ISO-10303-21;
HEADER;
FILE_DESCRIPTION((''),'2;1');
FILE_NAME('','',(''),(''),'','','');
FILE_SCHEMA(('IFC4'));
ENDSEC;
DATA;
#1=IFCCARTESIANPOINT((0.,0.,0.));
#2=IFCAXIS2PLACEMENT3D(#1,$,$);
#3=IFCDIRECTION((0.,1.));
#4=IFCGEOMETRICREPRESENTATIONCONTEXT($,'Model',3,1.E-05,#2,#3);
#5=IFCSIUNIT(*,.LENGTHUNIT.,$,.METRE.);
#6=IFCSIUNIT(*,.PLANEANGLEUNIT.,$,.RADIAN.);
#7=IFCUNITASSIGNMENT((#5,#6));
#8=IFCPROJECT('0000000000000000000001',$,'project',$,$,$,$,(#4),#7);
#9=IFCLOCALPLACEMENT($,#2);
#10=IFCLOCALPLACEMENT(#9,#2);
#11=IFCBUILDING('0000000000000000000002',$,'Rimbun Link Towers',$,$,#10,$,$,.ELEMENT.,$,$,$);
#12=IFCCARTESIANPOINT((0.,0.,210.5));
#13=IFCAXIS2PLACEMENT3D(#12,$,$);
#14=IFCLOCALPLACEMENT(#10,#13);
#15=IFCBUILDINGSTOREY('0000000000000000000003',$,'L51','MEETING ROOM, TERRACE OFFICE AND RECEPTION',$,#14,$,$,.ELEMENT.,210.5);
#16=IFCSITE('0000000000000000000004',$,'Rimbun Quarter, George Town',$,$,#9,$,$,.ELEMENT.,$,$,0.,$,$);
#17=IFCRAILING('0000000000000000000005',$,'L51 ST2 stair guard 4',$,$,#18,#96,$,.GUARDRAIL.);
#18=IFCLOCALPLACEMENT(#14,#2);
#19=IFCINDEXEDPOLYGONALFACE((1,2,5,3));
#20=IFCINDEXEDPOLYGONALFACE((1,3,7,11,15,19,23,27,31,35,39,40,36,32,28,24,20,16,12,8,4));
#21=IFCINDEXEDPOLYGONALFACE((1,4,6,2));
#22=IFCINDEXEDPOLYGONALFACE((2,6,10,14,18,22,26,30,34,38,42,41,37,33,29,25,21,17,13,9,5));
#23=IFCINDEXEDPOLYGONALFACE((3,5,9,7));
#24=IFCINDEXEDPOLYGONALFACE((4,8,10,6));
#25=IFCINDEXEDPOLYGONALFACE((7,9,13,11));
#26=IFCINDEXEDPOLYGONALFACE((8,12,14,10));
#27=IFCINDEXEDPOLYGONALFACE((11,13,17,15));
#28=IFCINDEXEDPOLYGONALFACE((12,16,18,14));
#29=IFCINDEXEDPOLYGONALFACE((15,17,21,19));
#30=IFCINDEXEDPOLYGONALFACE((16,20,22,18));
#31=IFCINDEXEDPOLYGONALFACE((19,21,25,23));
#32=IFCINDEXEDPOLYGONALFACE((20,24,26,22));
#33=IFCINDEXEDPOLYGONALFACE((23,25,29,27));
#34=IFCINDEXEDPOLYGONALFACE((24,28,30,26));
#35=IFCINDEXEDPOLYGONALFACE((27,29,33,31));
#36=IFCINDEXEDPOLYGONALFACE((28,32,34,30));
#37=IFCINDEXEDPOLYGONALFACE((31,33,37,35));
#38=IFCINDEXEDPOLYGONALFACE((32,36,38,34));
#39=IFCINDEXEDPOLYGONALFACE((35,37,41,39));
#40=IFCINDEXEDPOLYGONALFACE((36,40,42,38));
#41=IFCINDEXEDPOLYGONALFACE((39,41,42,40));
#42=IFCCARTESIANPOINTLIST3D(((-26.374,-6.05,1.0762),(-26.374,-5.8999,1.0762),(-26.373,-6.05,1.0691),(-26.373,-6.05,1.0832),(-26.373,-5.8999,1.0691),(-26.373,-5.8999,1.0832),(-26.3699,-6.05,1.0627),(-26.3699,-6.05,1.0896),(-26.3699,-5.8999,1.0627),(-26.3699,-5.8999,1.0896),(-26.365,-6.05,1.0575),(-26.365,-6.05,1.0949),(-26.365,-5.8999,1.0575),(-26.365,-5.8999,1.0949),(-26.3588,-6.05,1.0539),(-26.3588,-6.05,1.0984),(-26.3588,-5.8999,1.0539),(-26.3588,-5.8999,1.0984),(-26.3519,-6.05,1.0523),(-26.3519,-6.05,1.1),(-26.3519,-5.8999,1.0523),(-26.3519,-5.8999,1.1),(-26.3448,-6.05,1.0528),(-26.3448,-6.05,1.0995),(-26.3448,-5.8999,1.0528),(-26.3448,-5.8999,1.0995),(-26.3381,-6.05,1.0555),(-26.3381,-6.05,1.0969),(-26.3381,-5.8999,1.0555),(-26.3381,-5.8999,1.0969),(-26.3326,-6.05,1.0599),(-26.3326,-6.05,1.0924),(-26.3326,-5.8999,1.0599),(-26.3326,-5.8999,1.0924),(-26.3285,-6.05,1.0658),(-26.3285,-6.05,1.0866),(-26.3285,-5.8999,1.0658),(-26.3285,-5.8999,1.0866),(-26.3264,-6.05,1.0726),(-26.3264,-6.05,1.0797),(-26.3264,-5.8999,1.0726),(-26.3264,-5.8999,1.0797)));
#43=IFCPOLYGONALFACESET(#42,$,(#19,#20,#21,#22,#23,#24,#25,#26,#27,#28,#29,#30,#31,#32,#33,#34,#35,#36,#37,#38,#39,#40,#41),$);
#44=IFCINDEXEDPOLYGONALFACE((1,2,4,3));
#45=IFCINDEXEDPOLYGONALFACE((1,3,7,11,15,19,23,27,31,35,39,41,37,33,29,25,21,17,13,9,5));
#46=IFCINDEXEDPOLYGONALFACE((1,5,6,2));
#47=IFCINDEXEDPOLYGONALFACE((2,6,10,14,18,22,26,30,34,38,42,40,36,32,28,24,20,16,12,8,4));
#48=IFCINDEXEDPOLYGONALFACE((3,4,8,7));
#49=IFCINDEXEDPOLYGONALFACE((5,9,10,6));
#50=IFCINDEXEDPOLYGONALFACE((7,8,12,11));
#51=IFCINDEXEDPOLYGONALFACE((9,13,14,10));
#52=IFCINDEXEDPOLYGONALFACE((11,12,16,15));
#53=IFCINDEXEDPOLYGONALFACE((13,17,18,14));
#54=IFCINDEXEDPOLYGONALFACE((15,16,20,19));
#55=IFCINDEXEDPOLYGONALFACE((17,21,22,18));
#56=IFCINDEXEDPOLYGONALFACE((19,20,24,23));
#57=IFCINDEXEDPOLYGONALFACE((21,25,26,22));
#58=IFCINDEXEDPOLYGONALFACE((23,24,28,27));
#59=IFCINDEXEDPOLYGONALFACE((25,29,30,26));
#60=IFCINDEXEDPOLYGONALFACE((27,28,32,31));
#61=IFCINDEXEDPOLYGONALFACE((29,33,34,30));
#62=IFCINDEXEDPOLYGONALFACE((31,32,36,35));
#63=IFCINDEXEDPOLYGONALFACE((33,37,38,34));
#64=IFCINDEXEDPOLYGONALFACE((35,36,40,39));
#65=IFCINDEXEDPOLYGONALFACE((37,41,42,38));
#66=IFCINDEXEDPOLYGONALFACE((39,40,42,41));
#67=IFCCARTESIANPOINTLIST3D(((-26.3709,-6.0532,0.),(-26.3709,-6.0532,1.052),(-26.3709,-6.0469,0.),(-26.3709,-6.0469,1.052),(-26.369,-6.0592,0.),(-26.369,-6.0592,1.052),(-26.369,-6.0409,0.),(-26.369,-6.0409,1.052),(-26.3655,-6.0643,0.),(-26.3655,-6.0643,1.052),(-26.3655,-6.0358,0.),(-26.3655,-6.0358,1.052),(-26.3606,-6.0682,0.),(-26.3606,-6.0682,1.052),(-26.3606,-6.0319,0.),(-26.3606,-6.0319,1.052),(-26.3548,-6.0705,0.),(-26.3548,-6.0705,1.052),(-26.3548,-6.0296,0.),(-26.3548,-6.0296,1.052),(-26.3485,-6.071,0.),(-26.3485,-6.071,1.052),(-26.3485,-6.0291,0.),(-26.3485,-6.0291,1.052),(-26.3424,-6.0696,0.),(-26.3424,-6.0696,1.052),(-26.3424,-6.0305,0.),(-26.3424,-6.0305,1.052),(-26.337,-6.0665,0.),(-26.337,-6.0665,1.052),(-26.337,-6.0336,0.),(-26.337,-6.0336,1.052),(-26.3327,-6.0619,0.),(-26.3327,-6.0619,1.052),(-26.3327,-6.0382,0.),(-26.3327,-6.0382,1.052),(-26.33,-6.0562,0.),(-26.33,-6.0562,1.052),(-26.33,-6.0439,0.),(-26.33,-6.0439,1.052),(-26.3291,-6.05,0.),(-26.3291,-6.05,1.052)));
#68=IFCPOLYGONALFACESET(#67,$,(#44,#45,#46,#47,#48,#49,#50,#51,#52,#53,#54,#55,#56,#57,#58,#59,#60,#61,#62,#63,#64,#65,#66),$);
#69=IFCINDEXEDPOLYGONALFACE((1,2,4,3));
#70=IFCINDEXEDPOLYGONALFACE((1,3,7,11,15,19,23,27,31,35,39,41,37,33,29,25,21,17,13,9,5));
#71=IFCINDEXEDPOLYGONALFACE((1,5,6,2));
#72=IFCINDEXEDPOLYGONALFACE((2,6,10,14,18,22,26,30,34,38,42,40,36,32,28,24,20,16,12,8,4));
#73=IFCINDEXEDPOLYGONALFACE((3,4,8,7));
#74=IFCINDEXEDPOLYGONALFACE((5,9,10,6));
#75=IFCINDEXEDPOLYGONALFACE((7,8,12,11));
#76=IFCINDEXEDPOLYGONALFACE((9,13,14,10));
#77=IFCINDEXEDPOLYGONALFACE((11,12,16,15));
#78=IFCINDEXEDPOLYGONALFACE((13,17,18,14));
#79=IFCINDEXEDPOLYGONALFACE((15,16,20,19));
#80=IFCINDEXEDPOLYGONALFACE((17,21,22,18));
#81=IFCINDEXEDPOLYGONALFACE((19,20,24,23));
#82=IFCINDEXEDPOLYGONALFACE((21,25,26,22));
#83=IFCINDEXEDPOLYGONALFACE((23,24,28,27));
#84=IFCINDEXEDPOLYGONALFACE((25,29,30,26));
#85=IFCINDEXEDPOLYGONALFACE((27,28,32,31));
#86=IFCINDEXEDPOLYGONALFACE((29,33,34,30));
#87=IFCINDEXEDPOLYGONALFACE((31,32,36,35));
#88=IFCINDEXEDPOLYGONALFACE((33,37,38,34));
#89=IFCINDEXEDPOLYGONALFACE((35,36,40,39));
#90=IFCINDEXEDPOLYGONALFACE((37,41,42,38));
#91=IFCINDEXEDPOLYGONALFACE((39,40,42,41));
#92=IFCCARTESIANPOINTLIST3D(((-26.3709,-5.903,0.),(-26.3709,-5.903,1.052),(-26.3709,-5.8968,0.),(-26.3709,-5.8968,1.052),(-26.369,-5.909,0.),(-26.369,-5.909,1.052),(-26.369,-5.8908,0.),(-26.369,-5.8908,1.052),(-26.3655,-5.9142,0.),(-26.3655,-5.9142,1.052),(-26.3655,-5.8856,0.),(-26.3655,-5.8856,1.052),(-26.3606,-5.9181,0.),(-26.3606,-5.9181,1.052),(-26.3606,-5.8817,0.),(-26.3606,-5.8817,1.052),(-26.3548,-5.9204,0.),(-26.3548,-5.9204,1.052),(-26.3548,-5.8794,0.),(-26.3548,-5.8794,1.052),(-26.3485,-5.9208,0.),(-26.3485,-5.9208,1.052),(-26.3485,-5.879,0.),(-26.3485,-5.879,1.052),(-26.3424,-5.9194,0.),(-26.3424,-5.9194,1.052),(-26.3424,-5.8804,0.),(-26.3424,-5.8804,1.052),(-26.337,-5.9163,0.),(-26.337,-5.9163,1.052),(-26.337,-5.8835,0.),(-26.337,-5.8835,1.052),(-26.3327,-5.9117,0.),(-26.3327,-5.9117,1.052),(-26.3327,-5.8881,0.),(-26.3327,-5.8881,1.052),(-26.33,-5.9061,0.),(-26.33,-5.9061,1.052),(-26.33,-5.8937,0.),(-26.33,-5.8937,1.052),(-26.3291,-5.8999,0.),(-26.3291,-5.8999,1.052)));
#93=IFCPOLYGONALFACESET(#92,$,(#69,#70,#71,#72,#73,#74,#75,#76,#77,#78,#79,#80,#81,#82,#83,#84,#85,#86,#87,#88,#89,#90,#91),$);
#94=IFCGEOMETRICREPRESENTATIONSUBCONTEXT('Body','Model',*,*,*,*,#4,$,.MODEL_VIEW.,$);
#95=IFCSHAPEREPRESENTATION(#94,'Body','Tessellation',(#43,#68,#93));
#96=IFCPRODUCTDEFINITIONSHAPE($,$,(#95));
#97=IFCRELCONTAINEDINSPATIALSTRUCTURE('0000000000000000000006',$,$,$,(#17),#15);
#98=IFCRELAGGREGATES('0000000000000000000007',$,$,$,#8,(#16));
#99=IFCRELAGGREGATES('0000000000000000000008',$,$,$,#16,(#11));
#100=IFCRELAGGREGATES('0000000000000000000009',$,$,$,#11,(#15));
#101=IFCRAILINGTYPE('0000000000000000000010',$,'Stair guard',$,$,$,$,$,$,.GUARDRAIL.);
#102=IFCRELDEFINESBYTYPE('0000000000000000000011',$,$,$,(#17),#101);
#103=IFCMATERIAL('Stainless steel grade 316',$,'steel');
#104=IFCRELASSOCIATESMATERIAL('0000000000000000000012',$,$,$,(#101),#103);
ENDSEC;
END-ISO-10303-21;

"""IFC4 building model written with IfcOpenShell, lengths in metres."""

from ifc_helpers import new_model, si_unit, direction, frame, origin, origin_2d, place, context, subcontext, project, spatial, circle, extrude, material, type_object, element, save


model = new_model("IFC4")

# Units and contexts
model_context = context("Model", 3, precision=1e-05, world=origin(), true_north=direction((0.0, 1.0)))
body_context = subcontext(model_context, "Body", "Model", "MODEL_VIEW")
ifc_project = project(units=[si_unit("LENGTHUNIT", "METRE"), si_unit("PLANEANGLEUNIT", "RADIAN")], contexts=[model_context])

# Site, building, storey
site_placement = place(None, origin())
site = spatial("IfcSite", under=ifc_project, at=site_placement, Name="Rimbun Quarter, George Town", CompositionType="ELEMENT", RefElevation=0.0)
building_placement = place(site_placement, origin())
building = spatial("IfcBuilding", under=site, at=building_placement, Name="Rimbun Link Towers", CompositionType="ELEMENT")
storey_placement = place(building_placement, frame((0.0, 0.0, 210.5)))
storey = spatial("IfcBuildingStorey", under=building, at=storey_placement, Name="L51", Description="MEETING ROOM, TERRACE OFFICE AND RECEPTION", CompositionType="ELEMENT", Elevation=210.5)

# Railing
ifc_material_1 = material(Name="Stainless steel grade 316", Category="steel")
railing_type_1 = type_object("IfcRailingType", Name="Stair guard", PredefinedType="GUARDRAIL", material=ifc_material_1)
railing_1_placement = place(storey_placement, frame((-26.3501, -6.05, 0.0)))
element("IfcRailing", 1, at=railing_1_placement, inside=storey, type_object=railing_type_1, Name="L51 ST2 stair guard 4", PredefinedType="GUARDRAIL", context=body_context, shape_type="SweptSolid", body=[
    extrude(circle(Radius=0.0239, at=origin_2d()), frame((0.0, 0.0, 1.0762), z_axis=(0.0, 1.0, 0.0), x_axis=(-1.0, 0.0, 0.0)), (0.0, 0.0, 1.0), 0.1501),
    extrude(circle(Radius=0.021, at=origin_2d()), origin(), (0.0, 0.0, 1.0), 1.052),
    extrude(circle(Radius=0.021, at=origin_2d()), frame((0.0, 0.1501, 0.0)), (0.0, 0.0, 1.0), 1.052),
])

save(model, "model.ifc")
